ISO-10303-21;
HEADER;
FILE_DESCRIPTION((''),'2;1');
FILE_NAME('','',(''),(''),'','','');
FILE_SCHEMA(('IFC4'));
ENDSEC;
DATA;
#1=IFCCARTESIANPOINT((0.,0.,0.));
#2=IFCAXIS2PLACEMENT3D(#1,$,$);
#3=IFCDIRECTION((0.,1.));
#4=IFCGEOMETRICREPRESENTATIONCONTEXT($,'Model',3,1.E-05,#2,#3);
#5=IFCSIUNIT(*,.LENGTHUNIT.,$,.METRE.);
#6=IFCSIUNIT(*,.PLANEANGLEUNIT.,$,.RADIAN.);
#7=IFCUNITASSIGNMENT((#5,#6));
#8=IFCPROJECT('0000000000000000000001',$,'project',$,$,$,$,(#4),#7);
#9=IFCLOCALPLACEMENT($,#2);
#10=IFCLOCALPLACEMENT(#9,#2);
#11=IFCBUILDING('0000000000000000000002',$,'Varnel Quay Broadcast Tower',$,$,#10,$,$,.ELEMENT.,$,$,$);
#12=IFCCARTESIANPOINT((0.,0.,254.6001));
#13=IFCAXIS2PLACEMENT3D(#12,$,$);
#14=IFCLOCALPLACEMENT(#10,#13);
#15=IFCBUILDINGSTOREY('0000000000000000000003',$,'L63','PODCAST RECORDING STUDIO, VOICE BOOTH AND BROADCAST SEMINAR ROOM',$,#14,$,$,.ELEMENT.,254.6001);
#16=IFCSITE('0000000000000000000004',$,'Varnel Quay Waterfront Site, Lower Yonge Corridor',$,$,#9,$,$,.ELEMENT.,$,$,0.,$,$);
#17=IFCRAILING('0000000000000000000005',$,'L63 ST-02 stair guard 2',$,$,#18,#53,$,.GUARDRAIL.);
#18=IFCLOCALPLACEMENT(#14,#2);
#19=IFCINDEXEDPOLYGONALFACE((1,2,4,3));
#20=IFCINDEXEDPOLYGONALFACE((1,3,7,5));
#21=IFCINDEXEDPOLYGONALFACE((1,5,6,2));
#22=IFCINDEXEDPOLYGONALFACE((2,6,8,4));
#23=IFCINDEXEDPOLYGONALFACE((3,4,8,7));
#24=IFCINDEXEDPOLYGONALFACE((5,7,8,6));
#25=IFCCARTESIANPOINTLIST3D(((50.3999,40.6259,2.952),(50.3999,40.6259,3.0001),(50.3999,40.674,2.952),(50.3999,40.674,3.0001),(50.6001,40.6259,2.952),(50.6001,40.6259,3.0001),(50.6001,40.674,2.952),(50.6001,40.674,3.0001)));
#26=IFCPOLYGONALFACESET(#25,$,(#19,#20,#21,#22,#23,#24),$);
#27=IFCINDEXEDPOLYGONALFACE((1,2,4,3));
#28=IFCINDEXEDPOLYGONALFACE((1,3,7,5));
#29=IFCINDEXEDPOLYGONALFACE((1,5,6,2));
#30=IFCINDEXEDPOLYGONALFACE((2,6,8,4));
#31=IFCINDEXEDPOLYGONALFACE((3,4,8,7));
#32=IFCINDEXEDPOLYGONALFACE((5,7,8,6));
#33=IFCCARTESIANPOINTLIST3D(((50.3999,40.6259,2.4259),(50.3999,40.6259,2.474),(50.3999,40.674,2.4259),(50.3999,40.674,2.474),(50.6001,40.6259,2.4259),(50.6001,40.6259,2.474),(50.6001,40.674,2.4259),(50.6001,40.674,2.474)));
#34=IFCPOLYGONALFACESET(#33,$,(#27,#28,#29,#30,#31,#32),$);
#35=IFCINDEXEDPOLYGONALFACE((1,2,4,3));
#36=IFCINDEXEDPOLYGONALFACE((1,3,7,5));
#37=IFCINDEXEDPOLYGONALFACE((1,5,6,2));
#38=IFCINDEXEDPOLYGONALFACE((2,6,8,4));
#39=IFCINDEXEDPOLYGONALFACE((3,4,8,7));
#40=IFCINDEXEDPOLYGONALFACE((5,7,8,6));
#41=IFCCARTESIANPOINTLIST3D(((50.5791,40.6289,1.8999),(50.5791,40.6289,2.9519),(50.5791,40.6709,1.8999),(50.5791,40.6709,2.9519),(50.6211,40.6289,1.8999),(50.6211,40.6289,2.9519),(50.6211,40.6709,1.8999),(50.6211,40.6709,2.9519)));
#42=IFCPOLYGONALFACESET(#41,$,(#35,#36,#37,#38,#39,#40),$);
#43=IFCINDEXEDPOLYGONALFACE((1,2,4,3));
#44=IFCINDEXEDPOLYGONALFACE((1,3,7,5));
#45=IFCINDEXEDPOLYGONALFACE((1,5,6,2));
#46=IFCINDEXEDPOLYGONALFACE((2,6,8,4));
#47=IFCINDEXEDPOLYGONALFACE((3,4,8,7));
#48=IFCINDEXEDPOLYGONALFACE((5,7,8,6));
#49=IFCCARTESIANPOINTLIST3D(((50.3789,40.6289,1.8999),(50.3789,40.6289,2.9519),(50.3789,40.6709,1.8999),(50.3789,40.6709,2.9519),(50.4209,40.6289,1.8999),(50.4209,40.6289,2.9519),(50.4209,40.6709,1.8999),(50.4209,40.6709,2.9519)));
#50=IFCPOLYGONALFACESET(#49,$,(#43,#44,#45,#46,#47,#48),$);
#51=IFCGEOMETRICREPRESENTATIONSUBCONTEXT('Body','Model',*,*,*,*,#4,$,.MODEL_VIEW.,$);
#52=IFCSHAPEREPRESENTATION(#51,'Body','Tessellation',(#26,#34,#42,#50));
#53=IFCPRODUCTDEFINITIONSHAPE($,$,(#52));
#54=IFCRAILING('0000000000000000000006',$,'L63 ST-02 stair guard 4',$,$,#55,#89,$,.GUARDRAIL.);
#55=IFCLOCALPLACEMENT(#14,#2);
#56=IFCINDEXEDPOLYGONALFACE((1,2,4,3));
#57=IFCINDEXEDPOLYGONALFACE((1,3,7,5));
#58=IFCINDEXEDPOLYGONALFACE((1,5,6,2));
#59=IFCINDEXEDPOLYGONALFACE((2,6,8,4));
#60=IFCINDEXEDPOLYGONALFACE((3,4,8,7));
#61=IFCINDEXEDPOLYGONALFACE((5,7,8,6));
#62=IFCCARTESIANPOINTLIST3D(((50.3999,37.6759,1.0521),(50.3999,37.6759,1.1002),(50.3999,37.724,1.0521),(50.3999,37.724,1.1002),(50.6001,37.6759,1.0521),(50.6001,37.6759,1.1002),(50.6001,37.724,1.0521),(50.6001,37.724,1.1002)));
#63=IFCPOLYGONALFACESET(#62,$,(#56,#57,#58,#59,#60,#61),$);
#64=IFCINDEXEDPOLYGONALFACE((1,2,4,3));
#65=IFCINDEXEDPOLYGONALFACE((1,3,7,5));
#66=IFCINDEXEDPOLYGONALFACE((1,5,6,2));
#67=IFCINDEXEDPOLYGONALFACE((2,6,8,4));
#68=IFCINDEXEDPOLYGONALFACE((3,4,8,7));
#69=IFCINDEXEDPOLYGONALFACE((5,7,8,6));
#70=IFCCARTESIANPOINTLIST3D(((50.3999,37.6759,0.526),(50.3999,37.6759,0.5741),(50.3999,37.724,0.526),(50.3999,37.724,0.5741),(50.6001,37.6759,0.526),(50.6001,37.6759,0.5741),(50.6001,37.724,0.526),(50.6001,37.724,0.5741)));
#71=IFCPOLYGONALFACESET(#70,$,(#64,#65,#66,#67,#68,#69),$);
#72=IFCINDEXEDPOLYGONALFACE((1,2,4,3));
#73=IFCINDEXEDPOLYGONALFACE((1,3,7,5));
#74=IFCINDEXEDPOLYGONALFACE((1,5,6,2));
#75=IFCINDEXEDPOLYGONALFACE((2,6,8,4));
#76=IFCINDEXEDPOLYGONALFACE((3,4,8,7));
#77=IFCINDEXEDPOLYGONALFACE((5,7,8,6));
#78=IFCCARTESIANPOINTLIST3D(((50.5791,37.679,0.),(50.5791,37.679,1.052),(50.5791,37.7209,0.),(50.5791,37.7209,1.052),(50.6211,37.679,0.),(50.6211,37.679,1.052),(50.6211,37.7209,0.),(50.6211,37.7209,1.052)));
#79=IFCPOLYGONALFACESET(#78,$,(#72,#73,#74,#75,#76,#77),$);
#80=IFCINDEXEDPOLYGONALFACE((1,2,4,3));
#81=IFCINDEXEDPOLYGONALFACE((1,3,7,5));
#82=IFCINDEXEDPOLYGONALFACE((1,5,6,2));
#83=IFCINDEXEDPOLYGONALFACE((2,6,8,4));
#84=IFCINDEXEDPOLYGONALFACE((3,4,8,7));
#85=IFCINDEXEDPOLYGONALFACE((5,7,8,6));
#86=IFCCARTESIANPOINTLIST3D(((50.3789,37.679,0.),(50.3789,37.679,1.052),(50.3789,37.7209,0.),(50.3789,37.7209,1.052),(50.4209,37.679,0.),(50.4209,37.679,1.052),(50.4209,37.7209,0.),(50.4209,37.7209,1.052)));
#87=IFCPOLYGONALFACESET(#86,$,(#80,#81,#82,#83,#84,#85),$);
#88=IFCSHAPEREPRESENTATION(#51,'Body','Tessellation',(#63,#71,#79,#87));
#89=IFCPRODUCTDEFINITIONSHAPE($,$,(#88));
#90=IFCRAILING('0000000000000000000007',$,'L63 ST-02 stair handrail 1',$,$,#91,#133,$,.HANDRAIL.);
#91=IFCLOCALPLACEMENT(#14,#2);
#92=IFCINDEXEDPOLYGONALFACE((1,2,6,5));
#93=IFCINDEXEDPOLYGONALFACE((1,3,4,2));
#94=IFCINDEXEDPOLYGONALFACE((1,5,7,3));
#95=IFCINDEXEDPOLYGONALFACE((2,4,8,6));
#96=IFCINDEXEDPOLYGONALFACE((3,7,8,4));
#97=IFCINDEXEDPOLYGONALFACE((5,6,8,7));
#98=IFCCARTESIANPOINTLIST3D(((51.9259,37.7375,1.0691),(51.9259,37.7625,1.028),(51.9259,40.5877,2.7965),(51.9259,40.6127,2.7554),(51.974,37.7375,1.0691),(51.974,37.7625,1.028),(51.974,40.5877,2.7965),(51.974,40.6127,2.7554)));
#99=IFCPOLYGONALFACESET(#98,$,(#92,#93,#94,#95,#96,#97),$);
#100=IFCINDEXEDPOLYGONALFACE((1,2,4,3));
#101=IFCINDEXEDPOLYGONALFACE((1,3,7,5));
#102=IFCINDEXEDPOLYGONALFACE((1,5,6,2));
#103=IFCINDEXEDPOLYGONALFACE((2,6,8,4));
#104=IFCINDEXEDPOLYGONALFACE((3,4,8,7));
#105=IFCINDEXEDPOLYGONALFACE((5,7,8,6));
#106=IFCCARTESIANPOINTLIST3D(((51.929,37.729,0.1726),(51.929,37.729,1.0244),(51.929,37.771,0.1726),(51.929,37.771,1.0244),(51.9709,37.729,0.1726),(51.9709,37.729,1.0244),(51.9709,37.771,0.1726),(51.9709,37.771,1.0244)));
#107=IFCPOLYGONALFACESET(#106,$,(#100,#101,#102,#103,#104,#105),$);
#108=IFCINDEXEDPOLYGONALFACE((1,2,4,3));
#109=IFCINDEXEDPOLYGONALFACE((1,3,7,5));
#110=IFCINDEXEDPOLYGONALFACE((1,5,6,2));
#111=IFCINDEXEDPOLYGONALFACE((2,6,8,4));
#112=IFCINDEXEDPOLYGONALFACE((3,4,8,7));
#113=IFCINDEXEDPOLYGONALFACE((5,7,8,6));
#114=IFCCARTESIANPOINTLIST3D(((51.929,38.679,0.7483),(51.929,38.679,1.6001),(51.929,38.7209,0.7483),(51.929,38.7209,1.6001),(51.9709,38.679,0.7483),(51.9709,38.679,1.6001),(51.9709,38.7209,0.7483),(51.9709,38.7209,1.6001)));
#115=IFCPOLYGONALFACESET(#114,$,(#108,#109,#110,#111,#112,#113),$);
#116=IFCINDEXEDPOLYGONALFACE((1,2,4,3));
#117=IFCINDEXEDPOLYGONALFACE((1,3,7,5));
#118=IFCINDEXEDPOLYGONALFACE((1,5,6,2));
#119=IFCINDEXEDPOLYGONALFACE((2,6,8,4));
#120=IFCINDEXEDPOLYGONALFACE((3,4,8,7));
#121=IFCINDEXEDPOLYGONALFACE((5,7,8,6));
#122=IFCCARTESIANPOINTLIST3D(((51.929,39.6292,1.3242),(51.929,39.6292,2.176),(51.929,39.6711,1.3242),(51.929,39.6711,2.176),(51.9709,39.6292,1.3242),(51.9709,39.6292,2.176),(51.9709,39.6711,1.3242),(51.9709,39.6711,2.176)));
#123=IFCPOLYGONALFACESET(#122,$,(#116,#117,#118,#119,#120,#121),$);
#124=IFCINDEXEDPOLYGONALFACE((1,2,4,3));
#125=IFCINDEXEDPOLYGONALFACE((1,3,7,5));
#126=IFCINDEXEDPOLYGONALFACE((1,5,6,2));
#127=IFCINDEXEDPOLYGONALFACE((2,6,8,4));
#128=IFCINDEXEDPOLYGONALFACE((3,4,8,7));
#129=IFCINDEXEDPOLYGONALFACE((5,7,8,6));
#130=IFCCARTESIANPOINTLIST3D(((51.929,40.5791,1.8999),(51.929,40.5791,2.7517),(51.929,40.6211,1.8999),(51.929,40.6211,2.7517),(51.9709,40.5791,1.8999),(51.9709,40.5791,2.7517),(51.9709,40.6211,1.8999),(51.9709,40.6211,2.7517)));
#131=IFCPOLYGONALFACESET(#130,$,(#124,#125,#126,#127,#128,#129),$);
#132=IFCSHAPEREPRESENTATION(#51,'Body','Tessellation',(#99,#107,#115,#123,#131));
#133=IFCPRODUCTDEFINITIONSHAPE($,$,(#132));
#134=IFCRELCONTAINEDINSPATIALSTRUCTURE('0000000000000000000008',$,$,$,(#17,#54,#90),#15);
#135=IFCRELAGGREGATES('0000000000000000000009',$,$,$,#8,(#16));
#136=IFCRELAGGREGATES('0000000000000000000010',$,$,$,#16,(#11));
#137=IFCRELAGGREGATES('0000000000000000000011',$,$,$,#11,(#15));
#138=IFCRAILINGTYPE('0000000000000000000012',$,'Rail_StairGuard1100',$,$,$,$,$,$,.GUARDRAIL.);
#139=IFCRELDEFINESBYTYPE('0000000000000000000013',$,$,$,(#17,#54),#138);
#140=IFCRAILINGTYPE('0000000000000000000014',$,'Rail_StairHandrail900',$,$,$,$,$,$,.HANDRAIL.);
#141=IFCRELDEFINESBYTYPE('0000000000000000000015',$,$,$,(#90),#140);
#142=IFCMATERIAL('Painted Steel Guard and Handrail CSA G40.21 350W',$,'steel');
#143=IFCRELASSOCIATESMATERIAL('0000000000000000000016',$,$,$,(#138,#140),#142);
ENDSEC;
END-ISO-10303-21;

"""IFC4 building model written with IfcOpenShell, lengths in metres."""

from ifc_helpers import new_model, si_unit, direction, frame, origin, origin_2d, place, context, subcontext, project, spatial, rectangle, extrude, material, type_object, element, save


model = new_model("IFC4")

# Units and contexts
model_context = context("Model", 3, precision=1e-05, world=origin(), true_north=direction((0.0, 1.0)))
body_context = subcontext(model_context, "Body", "Model", "MODEL_VIEW")
ifc_project = project(units=[si_unit("LENGTHUNIT", "METRE"), si_unit("PLANEANGLEUNIT", "RADIAN")], contexts=[model_context])

# Site, building, storey
site_placement = place(None, origin())
site = spatial("IfcSite", under=ifc_project, at=site_placement, Name="Varnel Quay Waterfront Site, Lower Yonge Corridor", CompositionType="ELEMENT", RefElevation=0.0)
building_placement = place(site_placement, origin())
building = spatial("IfcBuilding", under=site, at=building_placement, Name="Varnel Quay Broadcast Tower", CompositionType="ELEMENT")
storey_placement = place(building_placement, frame((0.0, 0.0, 254.6001)))
storey = spatial("IfcBuildingStorey", under=building, at=storey_placement, Name="L63", Description="PODCAST RECORDING STUDIO, VOICE BOOTH AND BROADCAST SEMINAR ROOM", CompositionType="ELEMENT", Elevation=254.6001)

# Railings
ifc_material_1 = material(Name="Painted Steel Guard and Handrail CSA G40.21 350W", Category="steel")
railing_type_1 = type_object("IfcRailingType", Name="Rail_StairGuard1100", PredefinedType="GUARDRAIL", material=ifc_material_1)
for number, where, name in (
    (1, (50.6001, 40.6499, 1.8999), "L63 ST-02 stair guard 2"),
    (2, (50.6001, 37.7, 0.0), "L63 ST-02 stair guard 4"),
):
    element("IfcRailing", number, at=place(storey_placement, frame(where)), inside=storey, type_object=railing_type_1, Name=name, PredefinedType="GUARDRAIL", context=body_context, shape_type="SweptSolid", body=[
        extrude(rectangle(XDim=0.0481, YDim=0.0481, at=origin_2d()), frame((0.0, 0.0, 1.0762), z_axis=(-1.0, 0.0, 0.0), x_axis=(0.0, -1.0, 0.0)), (0.0, 0.0, 1.0), 0.2002),
        extrude(rectangle(XDim=0.0481, YDim=0.0481, at=origin_2d()), frame((0.0, 0.0, 0.55), z_axis=(-1.0, 0.0, 0.0), x_axis=(0.0, -1.0, 0.0)), (0.0, 0.0, 1.0), 0.2002),
        extrude(rectangle(XDim=0.042, YDim=0.042, at=origin_2d()), origin(), (0.0, 0.0, 1.0), 1.052),
        extrude(rectangle(XDim=0.042, YDim=0.042, at=origin_2d()), frame((-0.2002, 0.0, 0.0)), (0.0, 0.0, 1.0), 1.052),
    ])
railing_type_2 = type_object("IfcRailingType", Name="Rail_StairHandrail900", PredefinedType="HANDRAIL", material=ifc_material_1)
railing_1_placement = place(storey_placement, frame((51.95, 37.75, 0.1726)))
element("IfcRailing", 3, at=railing_1_placement, inside=storey, type_object=railing_type_2, Name="L63 ST-02 stair handrail 1", PredefinedType="HANDRAIL", context=body_context, shape_type="SweptSolid", body=[
    extrude(rectangle(XDim=0.0481, YDim=0.0481, at=origin_2d()), frame((0.0, 0.0, 0.876), z_axis=(0.0, 0.855203, 0.518294), x_axis=(-1.0, 0.0, 0.0)), (0.0, 0.0, 1.0), 3.3328),
    extrude(rectangle(XDim=0.042, YDim=0.042, at=origin_2d()), origin(), (0.0, 0.0, 1.0), 0.8518),
    extrude(rectangle(XDim=0.042, YDim=0.042, at=origin_2d()), frame((0.0, 0.95, 0.5757)), (0.0, 0.0, 1.0), 0.8518),
    extrude(rectangle(XDim=0.042, YDim=0.042, at=origin_2d()), frame((0.0, 1.9001, 1.1516)), (0.0, 0.0, 1.0), 0.8518),
    extrude(rectangle(XDim=0.042, YDim=0.042, at=origin_2d()), frame((0.0, 2.8501, 1.7273)), (0.0, 0.0, 1.0), 0.8518),
])

save(model, "model.ifc")
